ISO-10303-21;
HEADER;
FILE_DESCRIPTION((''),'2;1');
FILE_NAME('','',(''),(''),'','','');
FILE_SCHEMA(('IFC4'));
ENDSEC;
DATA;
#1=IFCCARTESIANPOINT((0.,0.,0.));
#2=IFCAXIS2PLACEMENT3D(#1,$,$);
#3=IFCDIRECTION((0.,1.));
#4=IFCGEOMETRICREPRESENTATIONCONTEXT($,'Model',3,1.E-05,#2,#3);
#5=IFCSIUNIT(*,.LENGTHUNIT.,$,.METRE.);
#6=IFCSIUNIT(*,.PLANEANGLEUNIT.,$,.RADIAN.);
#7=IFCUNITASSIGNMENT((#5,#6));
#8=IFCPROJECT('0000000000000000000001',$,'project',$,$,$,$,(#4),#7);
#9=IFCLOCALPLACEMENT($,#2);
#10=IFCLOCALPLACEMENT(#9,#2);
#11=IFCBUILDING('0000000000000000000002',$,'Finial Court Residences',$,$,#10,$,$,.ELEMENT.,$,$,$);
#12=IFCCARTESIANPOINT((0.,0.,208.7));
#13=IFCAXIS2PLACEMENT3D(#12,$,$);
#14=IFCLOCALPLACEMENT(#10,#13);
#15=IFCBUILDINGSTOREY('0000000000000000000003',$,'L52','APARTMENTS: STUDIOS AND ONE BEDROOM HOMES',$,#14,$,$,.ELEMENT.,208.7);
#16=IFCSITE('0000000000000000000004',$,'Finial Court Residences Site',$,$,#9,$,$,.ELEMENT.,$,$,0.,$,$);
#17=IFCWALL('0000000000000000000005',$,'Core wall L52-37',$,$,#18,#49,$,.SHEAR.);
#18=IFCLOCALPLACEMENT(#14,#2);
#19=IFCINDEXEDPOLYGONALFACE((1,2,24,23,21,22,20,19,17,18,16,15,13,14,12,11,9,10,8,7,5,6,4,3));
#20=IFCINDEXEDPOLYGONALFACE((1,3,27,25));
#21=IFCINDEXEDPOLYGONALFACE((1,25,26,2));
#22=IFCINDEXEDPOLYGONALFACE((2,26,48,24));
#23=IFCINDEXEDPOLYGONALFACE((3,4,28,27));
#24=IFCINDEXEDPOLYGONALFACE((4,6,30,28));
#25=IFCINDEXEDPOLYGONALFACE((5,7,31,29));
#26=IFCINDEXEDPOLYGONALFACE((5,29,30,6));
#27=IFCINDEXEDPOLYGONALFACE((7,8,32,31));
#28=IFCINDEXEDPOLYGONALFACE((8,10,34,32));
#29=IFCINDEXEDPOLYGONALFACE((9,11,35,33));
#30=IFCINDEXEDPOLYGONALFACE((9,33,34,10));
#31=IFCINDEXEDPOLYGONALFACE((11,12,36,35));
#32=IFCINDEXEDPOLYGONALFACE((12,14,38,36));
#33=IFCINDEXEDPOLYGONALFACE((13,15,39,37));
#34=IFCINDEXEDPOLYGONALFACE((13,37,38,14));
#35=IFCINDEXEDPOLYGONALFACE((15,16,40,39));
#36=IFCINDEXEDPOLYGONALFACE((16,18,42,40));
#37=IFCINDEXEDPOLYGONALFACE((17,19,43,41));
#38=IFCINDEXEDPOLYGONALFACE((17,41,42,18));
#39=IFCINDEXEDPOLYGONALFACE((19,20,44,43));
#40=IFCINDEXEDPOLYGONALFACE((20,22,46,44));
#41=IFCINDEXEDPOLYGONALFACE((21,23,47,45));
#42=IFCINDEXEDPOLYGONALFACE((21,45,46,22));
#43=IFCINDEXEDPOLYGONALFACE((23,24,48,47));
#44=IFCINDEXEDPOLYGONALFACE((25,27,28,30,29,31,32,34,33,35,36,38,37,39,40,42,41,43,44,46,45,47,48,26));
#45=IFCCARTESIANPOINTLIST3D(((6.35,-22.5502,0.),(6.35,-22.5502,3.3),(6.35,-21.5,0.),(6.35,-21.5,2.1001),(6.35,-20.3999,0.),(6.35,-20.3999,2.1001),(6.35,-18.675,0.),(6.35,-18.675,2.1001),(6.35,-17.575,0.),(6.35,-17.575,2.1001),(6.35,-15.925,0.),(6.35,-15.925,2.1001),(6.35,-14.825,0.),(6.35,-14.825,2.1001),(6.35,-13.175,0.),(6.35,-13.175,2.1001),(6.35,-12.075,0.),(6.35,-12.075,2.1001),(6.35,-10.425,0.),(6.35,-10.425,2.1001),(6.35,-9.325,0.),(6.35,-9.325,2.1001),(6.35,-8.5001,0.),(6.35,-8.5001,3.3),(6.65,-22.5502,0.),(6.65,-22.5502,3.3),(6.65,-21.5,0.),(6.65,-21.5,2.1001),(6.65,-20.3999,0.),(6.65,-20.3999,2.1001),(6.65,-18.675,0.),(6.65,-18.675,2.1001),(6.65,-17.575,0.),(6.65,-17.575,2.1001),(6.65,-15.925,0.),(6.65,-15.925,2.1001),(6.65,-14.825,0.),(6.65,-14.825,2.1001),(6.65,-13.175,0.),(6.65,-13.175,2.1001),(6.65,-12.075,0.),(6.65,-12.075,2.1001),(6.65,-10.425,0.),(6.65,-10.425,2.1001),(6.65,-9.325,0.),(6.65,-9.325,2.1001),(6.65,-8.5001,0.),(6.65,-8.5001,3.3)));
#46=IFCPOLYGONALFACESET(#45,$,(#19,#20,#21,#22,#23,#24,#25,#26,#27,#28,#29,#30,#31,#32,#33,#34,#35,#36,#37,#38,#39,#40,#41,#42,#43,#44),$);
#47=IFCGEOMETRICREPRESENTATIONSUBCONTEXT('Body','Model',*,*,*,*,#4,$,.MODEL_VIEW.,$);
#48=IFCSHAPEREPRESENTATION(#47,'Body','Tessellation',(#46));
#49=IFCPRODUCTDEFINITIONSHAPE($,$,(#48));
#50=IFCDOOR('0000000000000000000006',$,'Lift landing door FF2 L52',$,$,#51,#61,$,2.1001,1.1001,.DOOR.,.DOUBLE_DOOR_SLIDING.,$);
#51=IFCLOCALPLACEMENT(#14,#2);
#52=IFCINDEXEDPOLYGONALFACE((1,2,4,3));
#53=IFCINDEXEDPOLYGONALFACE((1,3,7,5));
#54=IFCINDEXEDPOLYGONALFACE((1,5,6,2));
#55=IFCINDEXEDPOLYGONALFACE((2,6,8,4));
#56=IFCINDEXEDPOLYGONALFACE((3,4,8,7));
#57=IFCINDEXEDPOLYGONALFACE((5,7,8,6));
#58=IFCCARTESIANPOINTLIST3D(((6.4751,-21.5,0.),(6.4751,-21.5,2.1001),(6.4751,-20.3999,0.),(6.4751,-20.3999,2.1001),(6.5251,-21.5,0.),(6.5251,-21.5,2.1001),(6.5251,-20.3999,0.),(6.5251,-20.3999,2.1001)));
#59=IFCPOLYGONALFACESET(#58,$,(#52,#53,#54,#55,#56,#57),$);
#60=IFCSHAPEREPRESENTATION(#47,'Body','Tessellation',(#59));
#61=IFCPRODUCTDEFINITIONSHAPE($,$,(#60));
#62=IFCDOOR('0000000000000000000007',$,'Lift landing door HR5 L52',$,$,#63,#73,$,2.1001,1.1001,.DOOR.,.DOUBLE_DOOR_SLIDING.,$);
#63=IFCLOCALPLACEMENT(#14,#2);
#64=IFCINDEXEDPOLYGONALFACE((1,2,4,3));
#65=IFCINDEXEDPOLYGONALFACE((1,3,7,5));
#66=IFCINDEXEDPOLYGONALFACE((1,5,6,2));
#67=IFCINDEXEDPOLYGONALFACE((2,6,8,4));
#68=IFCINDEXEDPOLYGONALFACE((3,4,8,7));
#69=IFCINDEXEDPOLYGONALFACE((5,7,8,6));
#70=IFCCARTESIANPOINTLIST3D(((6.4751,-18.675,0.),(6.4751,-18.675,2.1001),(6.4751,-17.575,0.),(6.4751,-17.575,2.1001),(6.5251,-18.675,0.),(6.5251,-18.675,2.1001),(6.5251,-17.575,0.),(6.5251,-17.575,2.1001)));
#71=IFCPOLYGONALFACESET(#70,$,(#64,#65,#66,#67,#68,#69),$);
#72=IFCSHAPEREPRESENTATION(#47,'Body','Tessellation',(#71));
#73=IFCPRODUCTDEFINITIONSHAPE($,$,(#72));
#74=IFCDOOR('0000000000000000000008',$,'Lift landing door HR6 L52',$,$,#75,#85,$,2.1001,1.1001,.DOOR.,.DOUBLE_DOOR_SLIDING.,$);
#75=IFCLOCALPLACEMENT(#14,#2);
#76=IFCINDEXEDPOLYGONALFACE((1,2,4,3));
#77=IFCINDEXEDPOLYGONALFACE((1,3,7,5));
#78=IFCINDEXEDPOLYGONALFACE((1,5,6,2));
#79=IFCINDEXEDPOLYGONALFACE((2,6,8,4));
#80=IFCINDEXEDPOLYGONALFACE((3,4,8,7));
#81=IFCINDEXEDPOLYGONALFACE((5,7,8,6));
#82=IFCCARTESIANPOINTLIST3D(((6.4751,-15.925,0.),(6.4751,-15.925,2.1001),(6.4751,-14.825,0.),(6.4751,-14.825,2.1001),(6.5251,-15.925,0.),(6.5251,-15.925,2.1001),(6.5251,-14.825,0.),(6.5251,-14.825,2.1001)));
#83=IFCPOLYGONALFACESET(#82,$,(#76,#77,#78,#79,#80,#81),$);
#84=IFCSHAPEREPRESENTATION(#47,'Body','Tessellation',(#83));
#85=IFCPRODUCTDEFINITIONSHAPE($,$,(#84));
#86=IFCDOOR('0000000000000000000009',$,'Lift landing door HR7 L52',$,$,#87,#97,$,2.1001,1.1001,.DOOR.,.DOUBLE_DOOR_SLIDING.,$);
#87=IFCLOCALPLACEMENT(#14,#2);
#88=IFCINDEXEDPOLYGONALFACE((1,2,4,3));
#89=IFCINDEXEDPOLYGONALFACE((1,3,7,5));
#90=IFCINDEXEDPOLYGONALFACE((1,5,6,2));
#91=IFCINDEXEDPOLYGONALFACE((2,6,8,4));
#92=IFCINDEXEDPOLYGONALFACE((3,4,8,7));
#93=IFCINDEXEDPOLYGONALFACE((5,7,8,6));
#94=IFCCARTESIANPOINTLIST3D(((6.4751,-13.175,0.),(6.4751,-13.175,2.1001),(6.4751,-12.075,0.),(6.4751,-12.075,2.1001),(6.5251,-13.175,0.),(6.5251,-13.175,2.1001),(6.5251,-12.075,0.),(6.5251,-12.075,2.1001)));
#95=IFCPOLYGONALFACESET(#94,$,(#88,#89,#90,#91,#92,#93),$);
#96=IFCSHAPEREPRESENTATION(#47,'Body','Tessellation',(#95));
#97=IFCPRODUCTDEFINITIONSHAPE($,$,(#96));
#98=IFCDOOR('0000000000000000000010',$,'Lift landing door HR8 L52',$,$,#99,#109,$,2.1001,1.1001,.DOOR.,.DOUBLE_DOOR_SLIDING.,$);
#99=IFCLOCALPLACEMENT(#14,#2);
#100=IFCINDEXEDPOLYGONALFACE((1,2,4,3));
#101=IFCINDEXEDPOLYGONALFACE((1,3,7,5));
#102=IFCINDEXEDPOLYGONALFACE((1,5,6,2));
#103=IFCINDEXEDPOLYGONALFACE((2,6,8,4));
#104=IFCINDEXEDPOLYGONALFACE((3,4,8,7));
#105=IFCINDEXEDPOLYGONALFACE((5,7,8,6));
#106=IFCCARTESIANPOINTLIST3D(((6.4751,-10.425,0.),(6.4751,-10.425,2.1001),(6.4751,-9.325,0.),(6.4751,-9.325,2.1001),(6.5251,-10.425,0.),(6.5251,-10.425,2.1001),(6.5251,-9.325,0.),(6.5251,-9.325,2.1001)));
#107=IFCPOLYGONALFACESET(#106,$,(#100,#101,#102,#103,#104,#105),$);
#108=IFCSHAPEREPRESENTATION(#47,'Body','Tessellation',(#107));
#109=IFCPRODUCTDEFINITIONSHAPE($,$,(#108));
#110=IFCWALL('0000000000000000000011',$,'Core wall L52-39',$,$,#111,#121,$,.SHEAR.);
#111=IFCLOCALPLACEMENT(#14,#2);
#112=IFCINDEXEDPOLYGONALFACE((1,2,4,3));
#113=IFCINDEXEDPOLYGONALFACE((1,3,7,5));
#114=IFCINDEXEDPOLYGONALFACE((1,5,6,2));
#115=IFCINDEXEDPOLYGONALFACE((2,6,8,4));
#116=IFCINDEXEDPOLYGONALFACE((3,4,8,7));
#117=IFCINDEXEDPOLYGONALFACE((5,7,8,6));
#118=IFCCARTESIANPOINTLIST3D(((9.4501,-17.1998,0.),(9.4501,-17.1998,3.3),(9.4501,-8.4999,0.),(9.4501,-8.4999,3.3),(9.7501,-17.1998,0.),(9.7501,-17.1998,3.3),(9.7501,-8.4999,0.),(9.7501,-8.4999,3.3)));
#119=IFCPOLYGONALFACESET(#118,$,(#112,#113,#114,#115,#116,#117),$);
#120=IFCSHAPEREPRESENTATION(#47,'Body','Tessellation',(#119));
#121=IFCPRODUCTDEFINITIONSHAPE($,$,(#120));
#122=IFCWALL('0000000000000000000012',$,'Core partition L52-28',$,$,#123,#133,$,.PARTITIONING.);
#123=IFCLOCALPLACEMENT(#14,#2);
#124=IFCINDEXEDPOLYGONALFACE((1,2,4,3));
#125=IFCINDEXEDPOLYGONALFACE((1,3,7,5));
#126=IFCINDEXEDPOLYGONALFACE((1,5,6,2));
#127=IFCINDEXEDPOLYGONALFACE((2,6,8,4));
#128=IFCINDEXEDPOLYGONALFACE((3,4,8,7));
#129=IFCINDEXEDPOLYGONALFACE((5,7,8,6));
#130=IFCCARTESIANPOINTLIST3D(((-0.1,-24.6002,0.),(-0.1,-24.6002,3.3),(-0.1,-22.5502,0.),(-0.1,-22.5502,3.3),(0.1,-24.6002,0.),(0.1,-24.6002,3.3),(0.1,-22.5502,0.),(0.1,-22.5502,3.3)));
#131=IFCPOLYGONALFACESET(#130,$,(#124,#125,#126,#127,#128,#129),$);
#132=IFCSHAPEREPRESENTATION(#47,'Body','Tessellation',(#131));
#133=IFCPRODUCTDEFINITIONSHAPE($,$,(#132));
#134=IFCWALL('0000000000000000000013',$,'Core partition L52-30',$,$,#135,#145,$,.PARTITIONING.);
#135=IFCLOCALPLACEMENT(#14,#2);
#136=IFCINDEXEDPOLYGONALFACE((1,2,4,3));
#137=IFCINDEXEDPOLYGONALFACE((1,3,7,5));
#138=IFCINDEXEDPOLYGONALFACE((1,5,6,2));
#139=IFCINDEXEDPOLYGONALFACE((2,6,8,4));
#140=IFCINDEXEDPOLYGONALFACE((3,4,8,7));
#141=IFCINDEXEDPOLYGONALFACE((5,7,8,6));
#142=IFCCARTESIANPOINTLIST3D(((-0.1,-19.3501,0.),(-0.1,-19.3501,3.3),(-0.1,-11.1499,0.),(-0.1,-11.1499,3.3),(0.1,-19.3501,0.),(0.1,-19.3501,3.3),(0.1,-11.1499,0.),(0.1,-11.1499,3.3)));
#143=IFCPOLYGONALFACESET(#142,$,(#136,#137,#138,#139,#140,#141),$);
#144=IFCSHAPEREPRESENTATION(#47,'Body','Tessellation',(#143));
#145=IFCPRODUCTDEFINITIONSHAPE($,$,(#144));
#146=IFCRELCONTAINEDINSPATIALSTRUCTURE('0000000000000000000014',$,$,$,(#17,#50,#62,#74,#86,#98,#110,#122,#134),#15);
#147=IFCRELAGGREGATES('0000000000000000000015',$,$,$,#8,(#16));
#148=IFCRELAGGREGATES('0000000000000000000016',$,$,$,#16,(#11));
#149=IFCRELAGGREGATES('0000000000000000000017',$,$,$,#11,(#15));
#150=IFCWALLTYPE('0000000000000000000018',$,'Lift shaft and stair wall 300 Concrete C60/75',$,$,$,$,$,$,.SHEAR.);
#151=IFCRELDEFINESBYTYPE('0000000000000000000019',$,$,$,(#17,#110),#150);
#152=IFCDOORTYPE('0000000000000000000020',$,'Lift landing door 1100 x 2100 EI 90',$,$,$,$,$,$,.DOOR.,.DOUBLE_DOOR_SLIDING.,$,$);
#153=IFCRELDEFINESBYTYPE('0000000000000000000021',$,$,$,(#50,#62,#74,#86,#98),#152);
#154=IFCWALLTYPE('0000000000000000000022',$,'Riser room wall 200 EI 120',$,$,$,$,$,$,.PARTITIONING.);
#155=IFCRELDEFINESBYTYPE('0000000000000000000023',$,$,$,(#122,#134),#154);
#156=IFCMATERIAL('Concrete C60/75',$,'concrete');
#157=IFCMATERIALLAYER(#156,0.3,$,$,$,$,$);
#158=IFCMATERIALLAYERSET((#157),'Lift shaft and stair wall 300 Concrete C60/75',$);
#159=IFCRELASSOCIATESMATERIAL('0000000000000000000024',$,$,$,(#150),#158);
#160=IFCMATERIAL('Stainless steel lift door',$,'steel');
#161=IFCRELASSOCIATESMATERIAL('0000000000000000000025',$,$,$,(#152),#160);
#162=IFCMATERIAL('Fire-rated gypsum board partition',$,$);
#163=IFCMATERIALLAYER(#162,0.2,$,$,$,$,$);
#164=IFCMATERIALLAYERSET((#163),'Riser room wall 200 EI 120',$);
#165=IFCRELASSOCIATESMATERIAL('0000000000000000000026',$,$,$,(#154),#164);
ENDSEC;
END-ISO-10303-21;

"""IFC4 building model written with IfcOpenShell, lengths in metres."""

from ifc_helpers import new_model, si_unit, direction, frame, frame_2d, origin, place, context, subcontext, project, spatial, rectangle, extrude, material, layer, layer_set, type_object, element, fill, save


model = new_model("IFC4")

# Units and contexts
model_context = context("Model", 3, precision=1e-05, world=origin(), true_north=direction((0.0, 1.0)))
body_context = subcontext(model_context, "Body", "Model", "MODEL_VIEW")
ifc_project = project(units=[si_unit("LENGTHUNIT", "METRE"), si_unit("PLANEANGLEUNIT", "RADIAN")], contexts=[model_context])

# Site, building, storey
site_placement = place(None, origin())
site = spatial("IfcSite", under=ifc_project, at=site_placement, Name="Finial Court Residences Site", CompositionType="ELEMENT", RefElevation=0.0)
building_placement = place(site_placement, origin())
building = spatial("IfcBuilding", under=site, at=building_placement, Name="Finial Court Residences", CompositionType="ELEMENT")
storey_placement = place(building_placement, frame((0.0, 0.0, 208.7)))
storey = spatial("IfcBuildingStorey", under=building, at=storey_placement, Name="L52", Description="APARTMENTS: STUDIOS AND ONE BEDROOM HOMES", CompositionType="ELEMENT", Elevation=208.7)

# Shared definitions
ifc_material_1 = material(Name="Fire-rated gypsum board partition")

# Shared definitions
ifc_material_2 = material(Name="Concrete C60/75", Category="concrete")
ifc_layer_1 = layer(ifc_material_2, 0.3)
ifc_layer_set_1 = layer_set([ifc_layer_1], Name="Lift shaft and stair wall 300 Concrete C60/75")
wall_type_1 = type_object("IfcWallType", Name="Lift shaft and stair wall 300 Concrete C60/75", PredefinedType="SHEAR", material=ifc_layer_set_1)

# Shared definitions
ifc_material_3 = material(Name="Stainless steel lift door", Category="steel")
door_type_1 = type_object("IfcDoorType", Name="Lift landing door 1100 x 2100 EI 90", OperationType="DOUBLE_DOOR_SLIDING", PredefinedType="DOOR", material=ifc_material_3)

# Wall, openings, doors
wall_1_placement = place(storey_placement, frame((6.5, -22.55, 0.0), z_axis=(0.0, 0.0, 1.0), x_axis=(0.0, 1.0, 0.0)))
wall_1 = element("IfcWall", 1, at=wall_1_placement, inside=storey, type_object=wall_type_1, Name="Core wall L52-37", PredefinedType="SHEAR", context=body_context, shape_type="SweptSolid", body=[
    extrude(rectangle(XDim=14.05, YDim=0.3, at=frame_2d((7.0249, 0.0))), origin(), (0.0, 0.0, 1.0), 3.3),
])
opening_1_placement = place(wall_1_placement, frame((1.05, 0.0, 0.0)))
opening_1 = element("IfcOpeningElement", 2, at=opening_1_placement, cuts=wall_1, PredefinedType="OPENING", context=body_context, shape_type="SweptSolid", body=[
    extrude(rectangle(XDim=1.1001, YDim=2.1001, at=frame_2d((0.55, 1.05))), frame((0.0, 0.1599, 0.0), z_axis=(0.0, -1.0, 0.0), x_axis=(1.0, 0.0, 0.0)), (0.0, 0.0, 1.0), 0.3201),
])
opening_2_placement = place(wall_1_placement, frame((3.875, 0.0, 0.0)))
opening_2 = element("IfcOpeningElement", 3, at=opening_2_placement, cuts=wall_1, PredefinedType="OPENING", context=body_context, shape_type="SweptSolid", body=[
    extrude(rectangle(XDim=1.1001, YDim=2.1001, at=frame_2d((0.55, 1.05))), frame((0.0, 0.1599, 0.0), z_axis=(0.0, -1.0, 0.0), x_axis=(1.0, 0.0, 0.0)), (0.0, 0.0, 1.0), 0.3201),
])
opening_3_placement = place(wall_1_placement, frame((6.625, 0.0, 0.0)))
opening_3 = element("IfcOpeningElement", 4, at=opening_3_placement, cuts=wall_1, PredefinedType="OPENING", context=body_context, shape_type="SweptSolid", body=[
    extrude(rectangle(XDim=1.1001, YDim=2.1001, at=frame_2d((0.55, 1.05))), frame((0.0, 0.1599, 0.0), z_axis=(0.0, -1.0, 0.0), x_axis=(1.0, 0.0, 0.0)), (0.0, 0.0, 1.0), 0.3201),
])
opening_4_placement = place(wall_1_placement, frame((9.375, 0.0, 0.0)))
opening_4 = element("IfcOpeningElement", 5, at=opening_4_placement, cuts=wall_1, PredefinedType="OPENING", context=body_context, shape_type="SweptSolid", body=[
    extrude(rectangle(XDim=1.1001, YDim=2.1001, at=frame_2d((0.55, 1.05))), frame((0.0, 0.1599, 0.0), z_axis=(0.0, -1.0, 0.0), x_axis=(1.0, 0.0, 0.0)), (0.0, 0.0, 1.0), 0.3201),
])
opening_5_placement = place(wall_1_placement, frame((12.125, 0.0, 0.0)))
opening_5 = element("IfcOpeningElement", 6, at=opening_5_placement, cuts=wall_1, PredefinedType="OPENING", context=body_context, shape_type="SweptSolid", body=[
    extrude(rectangle(XDim=1.1001, YDim=2.1001, at=frame_2d((0.55, 1.05))), frame((0.0, 0.1599, 0.0), z_axis=(0.0, -1.0, 0.0), x_axis=(1.0, 0.0, 0.0)), (0.0, 0.0, 1.0), 0.3201),
])
door_1_placement = place(opening_1_placement, origin())
door_1 = element("IfcDoor", 7, at=door_1_placement, inside=storey, type_object=door_type_1, Name="Lift landing door FF2 L52", OperationType="DOUBLE_DOOR_SLIDING", OverallHeight=2.1001, OverallWidth=1.1001, PredefinedType="DOOR", context=body_context, shape_type="SweptSolid", body=[
    extrude(rectangle(XDim=1.1001, YDim=2.1001, at=frame_2d((0.55, 1.05))), frame((0.0, 0.0249, 0.0), z_axis=(0.0, -1.0, 0.0), x_axis=(1.0, 0.0, 0.0)), (0.0, 0.0, 1.0), 0.05),
])
fill(opening_1, door_1)
door_2_placement = place(opening_2_placement, origin())
door_2 = element("IfcDoor", 8, at=door_2_placement, inside=storey, type_object=door_type_1, Name="Lift landing door HR5 L52", OperationType="DOUBLE_DOOR_SLIDING", OverallHeight=2.1001, OverallWidth=1.1001, PredefinedType="DOOR", context=body_context, shape_type="SweptSolid", body=[
    extrude(rectangle(XDim=1.1001, YDim=2.1001, at=frame_2d((0.55, 1.05))), frame((0.0, 0.0249, 0.0), z_axis=(0.0, -1.0, 0.0), x_axis=(1.0, 0.0, 0.0)), (0.0, 0.0, 1.0), 0.05),
])
fill(opening_2, door_2)
door_3_placement = place(opening_3_placement, origin())
door_3 = element("IfcDoor", 9, at=door_3_placement, inside=storey, type_object=door_type_1, Name="Lift landing door HR6 L52", OperationType="DOUBLE_DOOR_SLIDING", OverallHeight=2.1001, OverallWidth=1.1001, PredefinedType="DOOR", context=body_context, shape_type="SweptSolid", body=[
    extrude(rectangle(XDim=1.1001, YDim=2.1001, at=frame_2d((0.55, 1.05))), frame((0.0, 0.0249, 0.0), z_axis=(0.0, -1.0, 0.0), x_axis=(1.0, 0.0, 0.0)), (0.0, 0.0, 1.0), 0.05),
])
fill(opening_3, door_3)
door_4_placement = place(opening_4_placement, origin())
door_4 = element("IfcDoor", 10, at=door_4_placement, inside=storey, type_object=door_type_1, Name="Lift landing door HR7 L52", OperationType="DOUBLE_DOOR_SLIDING", OverallHeight=2.1001, OverallWidth=1.1001, PredefinedType="DOOR", context=body_context, shape_type="SweptSolid", body=[
    extrude(rectangle(XDim=1.1001, YDim=2.1001, at=frame_2d((0.55, 1.05))), frame((0.0, 0.0249, 0.0), z_axis=(0.0, -1.0, 0.0), x_axis=(1.0, 0.0, 0.0)), (0.0, 0.0, 1.0), 0.05),
])
fill(opening_4, door_4)
door_5_placement = place(opening_5_placement, origin())
door_5 = element("IfcDoor", 11, at=door_5_placement, inside=storey, type_object=door_type_1, Name="Lift landing door HR8 L52", OperationType="DOUBLE_DOOR_SLIDING", OverallHeight=2.1001, OverallWidth=1.1001, PredefinedType="DOOR", context=body_context, shape_type="SweptSolid", body=[
    extrude(rectangle(XDim=1.1001, YDim=2.1001, at=frame_2d((0.55, 1.05))), frame((0.0, 0.0249, 0.0), z_axis=(0.0, -1.0, 0.0), x_axis=(1.0, 0.0, 0.0)), (0.0, 0.0, 1.0), 0.05),
])
fill(opening_5, door_5)

# Walls
wall_2_placement = place(storey_placement, frame((9.6001, -17.2, 0.0), z_axis=(0.0, 0.0, 1.0), x_axis=(0.0, 1.0, 0.0)))
element("IfcWall", 12, at=wall_2_placement, inside=storey, type_object=wall_type_1, Name="Core wall L52-39", PredefinedType="SHEAR", context=body_context, shape_type="SweptSolid", body=[
    extrude(rectangle(XDim=8.7, YDim=0.3, at=frame_2d((4.3501, 0.0))), origin(), (0.0, 0.0, 1.0), 3.3),
])
ifc_layer_2 = layer(ifc_material_1, 0.2)
ifc_layer_set_2 = layer_set([ifc_layer_2], Name="Riser room wall 200 EI 120")
wall_type_2 = type_object("IfcWallType", Name="Riser room wall 200 EI 120", PredefinedType="PARTITIONING", material=ifc_layer_set_2)
wall_3_placement = place(storey_placement, frame((0.0, -24.6001, 0.0), z_axis=(0.0, 0.0, 1.0), x_axis=(0.0, 1.0, 0.0)))
element("IfcWall", 13, at=wall_3_placement, inside=storey, type_object=wall_type_2, Name="Core partition L52-28", PredefinedType="PARTITIONING", context=body_context, shape_type="SweptSolid", body=[
    extrude(rectangle(XDim=2.05, YDim=0.2, at=frame_2d((1.0249, 0.0))), origin(), (0.0, 0.0, 1.0), 3.3),
])
wall_4_placement = place(storey_placement, frame((0.0, -19.3501, 0.0), z_axis=(0.0, 0.0, 1.0), x_axis=(0.0, 1.0, 0.0)))
element("IfcWall", 14, at=wall_4_placement, inside=storey, type_object=wall_type_2, Name="Core partition L52-30", PredefinedType="PARTITIONING", context=body_context, shape_type="SweptSolid", body=[
    extrude(rectangle(XDim=8.2002, YDim=0.2, at=frame_2d((4.1001, 0.0))), origin(), (0.0, 0.0, 1.0), 3.3),
])

save(model, "model.ifc")
